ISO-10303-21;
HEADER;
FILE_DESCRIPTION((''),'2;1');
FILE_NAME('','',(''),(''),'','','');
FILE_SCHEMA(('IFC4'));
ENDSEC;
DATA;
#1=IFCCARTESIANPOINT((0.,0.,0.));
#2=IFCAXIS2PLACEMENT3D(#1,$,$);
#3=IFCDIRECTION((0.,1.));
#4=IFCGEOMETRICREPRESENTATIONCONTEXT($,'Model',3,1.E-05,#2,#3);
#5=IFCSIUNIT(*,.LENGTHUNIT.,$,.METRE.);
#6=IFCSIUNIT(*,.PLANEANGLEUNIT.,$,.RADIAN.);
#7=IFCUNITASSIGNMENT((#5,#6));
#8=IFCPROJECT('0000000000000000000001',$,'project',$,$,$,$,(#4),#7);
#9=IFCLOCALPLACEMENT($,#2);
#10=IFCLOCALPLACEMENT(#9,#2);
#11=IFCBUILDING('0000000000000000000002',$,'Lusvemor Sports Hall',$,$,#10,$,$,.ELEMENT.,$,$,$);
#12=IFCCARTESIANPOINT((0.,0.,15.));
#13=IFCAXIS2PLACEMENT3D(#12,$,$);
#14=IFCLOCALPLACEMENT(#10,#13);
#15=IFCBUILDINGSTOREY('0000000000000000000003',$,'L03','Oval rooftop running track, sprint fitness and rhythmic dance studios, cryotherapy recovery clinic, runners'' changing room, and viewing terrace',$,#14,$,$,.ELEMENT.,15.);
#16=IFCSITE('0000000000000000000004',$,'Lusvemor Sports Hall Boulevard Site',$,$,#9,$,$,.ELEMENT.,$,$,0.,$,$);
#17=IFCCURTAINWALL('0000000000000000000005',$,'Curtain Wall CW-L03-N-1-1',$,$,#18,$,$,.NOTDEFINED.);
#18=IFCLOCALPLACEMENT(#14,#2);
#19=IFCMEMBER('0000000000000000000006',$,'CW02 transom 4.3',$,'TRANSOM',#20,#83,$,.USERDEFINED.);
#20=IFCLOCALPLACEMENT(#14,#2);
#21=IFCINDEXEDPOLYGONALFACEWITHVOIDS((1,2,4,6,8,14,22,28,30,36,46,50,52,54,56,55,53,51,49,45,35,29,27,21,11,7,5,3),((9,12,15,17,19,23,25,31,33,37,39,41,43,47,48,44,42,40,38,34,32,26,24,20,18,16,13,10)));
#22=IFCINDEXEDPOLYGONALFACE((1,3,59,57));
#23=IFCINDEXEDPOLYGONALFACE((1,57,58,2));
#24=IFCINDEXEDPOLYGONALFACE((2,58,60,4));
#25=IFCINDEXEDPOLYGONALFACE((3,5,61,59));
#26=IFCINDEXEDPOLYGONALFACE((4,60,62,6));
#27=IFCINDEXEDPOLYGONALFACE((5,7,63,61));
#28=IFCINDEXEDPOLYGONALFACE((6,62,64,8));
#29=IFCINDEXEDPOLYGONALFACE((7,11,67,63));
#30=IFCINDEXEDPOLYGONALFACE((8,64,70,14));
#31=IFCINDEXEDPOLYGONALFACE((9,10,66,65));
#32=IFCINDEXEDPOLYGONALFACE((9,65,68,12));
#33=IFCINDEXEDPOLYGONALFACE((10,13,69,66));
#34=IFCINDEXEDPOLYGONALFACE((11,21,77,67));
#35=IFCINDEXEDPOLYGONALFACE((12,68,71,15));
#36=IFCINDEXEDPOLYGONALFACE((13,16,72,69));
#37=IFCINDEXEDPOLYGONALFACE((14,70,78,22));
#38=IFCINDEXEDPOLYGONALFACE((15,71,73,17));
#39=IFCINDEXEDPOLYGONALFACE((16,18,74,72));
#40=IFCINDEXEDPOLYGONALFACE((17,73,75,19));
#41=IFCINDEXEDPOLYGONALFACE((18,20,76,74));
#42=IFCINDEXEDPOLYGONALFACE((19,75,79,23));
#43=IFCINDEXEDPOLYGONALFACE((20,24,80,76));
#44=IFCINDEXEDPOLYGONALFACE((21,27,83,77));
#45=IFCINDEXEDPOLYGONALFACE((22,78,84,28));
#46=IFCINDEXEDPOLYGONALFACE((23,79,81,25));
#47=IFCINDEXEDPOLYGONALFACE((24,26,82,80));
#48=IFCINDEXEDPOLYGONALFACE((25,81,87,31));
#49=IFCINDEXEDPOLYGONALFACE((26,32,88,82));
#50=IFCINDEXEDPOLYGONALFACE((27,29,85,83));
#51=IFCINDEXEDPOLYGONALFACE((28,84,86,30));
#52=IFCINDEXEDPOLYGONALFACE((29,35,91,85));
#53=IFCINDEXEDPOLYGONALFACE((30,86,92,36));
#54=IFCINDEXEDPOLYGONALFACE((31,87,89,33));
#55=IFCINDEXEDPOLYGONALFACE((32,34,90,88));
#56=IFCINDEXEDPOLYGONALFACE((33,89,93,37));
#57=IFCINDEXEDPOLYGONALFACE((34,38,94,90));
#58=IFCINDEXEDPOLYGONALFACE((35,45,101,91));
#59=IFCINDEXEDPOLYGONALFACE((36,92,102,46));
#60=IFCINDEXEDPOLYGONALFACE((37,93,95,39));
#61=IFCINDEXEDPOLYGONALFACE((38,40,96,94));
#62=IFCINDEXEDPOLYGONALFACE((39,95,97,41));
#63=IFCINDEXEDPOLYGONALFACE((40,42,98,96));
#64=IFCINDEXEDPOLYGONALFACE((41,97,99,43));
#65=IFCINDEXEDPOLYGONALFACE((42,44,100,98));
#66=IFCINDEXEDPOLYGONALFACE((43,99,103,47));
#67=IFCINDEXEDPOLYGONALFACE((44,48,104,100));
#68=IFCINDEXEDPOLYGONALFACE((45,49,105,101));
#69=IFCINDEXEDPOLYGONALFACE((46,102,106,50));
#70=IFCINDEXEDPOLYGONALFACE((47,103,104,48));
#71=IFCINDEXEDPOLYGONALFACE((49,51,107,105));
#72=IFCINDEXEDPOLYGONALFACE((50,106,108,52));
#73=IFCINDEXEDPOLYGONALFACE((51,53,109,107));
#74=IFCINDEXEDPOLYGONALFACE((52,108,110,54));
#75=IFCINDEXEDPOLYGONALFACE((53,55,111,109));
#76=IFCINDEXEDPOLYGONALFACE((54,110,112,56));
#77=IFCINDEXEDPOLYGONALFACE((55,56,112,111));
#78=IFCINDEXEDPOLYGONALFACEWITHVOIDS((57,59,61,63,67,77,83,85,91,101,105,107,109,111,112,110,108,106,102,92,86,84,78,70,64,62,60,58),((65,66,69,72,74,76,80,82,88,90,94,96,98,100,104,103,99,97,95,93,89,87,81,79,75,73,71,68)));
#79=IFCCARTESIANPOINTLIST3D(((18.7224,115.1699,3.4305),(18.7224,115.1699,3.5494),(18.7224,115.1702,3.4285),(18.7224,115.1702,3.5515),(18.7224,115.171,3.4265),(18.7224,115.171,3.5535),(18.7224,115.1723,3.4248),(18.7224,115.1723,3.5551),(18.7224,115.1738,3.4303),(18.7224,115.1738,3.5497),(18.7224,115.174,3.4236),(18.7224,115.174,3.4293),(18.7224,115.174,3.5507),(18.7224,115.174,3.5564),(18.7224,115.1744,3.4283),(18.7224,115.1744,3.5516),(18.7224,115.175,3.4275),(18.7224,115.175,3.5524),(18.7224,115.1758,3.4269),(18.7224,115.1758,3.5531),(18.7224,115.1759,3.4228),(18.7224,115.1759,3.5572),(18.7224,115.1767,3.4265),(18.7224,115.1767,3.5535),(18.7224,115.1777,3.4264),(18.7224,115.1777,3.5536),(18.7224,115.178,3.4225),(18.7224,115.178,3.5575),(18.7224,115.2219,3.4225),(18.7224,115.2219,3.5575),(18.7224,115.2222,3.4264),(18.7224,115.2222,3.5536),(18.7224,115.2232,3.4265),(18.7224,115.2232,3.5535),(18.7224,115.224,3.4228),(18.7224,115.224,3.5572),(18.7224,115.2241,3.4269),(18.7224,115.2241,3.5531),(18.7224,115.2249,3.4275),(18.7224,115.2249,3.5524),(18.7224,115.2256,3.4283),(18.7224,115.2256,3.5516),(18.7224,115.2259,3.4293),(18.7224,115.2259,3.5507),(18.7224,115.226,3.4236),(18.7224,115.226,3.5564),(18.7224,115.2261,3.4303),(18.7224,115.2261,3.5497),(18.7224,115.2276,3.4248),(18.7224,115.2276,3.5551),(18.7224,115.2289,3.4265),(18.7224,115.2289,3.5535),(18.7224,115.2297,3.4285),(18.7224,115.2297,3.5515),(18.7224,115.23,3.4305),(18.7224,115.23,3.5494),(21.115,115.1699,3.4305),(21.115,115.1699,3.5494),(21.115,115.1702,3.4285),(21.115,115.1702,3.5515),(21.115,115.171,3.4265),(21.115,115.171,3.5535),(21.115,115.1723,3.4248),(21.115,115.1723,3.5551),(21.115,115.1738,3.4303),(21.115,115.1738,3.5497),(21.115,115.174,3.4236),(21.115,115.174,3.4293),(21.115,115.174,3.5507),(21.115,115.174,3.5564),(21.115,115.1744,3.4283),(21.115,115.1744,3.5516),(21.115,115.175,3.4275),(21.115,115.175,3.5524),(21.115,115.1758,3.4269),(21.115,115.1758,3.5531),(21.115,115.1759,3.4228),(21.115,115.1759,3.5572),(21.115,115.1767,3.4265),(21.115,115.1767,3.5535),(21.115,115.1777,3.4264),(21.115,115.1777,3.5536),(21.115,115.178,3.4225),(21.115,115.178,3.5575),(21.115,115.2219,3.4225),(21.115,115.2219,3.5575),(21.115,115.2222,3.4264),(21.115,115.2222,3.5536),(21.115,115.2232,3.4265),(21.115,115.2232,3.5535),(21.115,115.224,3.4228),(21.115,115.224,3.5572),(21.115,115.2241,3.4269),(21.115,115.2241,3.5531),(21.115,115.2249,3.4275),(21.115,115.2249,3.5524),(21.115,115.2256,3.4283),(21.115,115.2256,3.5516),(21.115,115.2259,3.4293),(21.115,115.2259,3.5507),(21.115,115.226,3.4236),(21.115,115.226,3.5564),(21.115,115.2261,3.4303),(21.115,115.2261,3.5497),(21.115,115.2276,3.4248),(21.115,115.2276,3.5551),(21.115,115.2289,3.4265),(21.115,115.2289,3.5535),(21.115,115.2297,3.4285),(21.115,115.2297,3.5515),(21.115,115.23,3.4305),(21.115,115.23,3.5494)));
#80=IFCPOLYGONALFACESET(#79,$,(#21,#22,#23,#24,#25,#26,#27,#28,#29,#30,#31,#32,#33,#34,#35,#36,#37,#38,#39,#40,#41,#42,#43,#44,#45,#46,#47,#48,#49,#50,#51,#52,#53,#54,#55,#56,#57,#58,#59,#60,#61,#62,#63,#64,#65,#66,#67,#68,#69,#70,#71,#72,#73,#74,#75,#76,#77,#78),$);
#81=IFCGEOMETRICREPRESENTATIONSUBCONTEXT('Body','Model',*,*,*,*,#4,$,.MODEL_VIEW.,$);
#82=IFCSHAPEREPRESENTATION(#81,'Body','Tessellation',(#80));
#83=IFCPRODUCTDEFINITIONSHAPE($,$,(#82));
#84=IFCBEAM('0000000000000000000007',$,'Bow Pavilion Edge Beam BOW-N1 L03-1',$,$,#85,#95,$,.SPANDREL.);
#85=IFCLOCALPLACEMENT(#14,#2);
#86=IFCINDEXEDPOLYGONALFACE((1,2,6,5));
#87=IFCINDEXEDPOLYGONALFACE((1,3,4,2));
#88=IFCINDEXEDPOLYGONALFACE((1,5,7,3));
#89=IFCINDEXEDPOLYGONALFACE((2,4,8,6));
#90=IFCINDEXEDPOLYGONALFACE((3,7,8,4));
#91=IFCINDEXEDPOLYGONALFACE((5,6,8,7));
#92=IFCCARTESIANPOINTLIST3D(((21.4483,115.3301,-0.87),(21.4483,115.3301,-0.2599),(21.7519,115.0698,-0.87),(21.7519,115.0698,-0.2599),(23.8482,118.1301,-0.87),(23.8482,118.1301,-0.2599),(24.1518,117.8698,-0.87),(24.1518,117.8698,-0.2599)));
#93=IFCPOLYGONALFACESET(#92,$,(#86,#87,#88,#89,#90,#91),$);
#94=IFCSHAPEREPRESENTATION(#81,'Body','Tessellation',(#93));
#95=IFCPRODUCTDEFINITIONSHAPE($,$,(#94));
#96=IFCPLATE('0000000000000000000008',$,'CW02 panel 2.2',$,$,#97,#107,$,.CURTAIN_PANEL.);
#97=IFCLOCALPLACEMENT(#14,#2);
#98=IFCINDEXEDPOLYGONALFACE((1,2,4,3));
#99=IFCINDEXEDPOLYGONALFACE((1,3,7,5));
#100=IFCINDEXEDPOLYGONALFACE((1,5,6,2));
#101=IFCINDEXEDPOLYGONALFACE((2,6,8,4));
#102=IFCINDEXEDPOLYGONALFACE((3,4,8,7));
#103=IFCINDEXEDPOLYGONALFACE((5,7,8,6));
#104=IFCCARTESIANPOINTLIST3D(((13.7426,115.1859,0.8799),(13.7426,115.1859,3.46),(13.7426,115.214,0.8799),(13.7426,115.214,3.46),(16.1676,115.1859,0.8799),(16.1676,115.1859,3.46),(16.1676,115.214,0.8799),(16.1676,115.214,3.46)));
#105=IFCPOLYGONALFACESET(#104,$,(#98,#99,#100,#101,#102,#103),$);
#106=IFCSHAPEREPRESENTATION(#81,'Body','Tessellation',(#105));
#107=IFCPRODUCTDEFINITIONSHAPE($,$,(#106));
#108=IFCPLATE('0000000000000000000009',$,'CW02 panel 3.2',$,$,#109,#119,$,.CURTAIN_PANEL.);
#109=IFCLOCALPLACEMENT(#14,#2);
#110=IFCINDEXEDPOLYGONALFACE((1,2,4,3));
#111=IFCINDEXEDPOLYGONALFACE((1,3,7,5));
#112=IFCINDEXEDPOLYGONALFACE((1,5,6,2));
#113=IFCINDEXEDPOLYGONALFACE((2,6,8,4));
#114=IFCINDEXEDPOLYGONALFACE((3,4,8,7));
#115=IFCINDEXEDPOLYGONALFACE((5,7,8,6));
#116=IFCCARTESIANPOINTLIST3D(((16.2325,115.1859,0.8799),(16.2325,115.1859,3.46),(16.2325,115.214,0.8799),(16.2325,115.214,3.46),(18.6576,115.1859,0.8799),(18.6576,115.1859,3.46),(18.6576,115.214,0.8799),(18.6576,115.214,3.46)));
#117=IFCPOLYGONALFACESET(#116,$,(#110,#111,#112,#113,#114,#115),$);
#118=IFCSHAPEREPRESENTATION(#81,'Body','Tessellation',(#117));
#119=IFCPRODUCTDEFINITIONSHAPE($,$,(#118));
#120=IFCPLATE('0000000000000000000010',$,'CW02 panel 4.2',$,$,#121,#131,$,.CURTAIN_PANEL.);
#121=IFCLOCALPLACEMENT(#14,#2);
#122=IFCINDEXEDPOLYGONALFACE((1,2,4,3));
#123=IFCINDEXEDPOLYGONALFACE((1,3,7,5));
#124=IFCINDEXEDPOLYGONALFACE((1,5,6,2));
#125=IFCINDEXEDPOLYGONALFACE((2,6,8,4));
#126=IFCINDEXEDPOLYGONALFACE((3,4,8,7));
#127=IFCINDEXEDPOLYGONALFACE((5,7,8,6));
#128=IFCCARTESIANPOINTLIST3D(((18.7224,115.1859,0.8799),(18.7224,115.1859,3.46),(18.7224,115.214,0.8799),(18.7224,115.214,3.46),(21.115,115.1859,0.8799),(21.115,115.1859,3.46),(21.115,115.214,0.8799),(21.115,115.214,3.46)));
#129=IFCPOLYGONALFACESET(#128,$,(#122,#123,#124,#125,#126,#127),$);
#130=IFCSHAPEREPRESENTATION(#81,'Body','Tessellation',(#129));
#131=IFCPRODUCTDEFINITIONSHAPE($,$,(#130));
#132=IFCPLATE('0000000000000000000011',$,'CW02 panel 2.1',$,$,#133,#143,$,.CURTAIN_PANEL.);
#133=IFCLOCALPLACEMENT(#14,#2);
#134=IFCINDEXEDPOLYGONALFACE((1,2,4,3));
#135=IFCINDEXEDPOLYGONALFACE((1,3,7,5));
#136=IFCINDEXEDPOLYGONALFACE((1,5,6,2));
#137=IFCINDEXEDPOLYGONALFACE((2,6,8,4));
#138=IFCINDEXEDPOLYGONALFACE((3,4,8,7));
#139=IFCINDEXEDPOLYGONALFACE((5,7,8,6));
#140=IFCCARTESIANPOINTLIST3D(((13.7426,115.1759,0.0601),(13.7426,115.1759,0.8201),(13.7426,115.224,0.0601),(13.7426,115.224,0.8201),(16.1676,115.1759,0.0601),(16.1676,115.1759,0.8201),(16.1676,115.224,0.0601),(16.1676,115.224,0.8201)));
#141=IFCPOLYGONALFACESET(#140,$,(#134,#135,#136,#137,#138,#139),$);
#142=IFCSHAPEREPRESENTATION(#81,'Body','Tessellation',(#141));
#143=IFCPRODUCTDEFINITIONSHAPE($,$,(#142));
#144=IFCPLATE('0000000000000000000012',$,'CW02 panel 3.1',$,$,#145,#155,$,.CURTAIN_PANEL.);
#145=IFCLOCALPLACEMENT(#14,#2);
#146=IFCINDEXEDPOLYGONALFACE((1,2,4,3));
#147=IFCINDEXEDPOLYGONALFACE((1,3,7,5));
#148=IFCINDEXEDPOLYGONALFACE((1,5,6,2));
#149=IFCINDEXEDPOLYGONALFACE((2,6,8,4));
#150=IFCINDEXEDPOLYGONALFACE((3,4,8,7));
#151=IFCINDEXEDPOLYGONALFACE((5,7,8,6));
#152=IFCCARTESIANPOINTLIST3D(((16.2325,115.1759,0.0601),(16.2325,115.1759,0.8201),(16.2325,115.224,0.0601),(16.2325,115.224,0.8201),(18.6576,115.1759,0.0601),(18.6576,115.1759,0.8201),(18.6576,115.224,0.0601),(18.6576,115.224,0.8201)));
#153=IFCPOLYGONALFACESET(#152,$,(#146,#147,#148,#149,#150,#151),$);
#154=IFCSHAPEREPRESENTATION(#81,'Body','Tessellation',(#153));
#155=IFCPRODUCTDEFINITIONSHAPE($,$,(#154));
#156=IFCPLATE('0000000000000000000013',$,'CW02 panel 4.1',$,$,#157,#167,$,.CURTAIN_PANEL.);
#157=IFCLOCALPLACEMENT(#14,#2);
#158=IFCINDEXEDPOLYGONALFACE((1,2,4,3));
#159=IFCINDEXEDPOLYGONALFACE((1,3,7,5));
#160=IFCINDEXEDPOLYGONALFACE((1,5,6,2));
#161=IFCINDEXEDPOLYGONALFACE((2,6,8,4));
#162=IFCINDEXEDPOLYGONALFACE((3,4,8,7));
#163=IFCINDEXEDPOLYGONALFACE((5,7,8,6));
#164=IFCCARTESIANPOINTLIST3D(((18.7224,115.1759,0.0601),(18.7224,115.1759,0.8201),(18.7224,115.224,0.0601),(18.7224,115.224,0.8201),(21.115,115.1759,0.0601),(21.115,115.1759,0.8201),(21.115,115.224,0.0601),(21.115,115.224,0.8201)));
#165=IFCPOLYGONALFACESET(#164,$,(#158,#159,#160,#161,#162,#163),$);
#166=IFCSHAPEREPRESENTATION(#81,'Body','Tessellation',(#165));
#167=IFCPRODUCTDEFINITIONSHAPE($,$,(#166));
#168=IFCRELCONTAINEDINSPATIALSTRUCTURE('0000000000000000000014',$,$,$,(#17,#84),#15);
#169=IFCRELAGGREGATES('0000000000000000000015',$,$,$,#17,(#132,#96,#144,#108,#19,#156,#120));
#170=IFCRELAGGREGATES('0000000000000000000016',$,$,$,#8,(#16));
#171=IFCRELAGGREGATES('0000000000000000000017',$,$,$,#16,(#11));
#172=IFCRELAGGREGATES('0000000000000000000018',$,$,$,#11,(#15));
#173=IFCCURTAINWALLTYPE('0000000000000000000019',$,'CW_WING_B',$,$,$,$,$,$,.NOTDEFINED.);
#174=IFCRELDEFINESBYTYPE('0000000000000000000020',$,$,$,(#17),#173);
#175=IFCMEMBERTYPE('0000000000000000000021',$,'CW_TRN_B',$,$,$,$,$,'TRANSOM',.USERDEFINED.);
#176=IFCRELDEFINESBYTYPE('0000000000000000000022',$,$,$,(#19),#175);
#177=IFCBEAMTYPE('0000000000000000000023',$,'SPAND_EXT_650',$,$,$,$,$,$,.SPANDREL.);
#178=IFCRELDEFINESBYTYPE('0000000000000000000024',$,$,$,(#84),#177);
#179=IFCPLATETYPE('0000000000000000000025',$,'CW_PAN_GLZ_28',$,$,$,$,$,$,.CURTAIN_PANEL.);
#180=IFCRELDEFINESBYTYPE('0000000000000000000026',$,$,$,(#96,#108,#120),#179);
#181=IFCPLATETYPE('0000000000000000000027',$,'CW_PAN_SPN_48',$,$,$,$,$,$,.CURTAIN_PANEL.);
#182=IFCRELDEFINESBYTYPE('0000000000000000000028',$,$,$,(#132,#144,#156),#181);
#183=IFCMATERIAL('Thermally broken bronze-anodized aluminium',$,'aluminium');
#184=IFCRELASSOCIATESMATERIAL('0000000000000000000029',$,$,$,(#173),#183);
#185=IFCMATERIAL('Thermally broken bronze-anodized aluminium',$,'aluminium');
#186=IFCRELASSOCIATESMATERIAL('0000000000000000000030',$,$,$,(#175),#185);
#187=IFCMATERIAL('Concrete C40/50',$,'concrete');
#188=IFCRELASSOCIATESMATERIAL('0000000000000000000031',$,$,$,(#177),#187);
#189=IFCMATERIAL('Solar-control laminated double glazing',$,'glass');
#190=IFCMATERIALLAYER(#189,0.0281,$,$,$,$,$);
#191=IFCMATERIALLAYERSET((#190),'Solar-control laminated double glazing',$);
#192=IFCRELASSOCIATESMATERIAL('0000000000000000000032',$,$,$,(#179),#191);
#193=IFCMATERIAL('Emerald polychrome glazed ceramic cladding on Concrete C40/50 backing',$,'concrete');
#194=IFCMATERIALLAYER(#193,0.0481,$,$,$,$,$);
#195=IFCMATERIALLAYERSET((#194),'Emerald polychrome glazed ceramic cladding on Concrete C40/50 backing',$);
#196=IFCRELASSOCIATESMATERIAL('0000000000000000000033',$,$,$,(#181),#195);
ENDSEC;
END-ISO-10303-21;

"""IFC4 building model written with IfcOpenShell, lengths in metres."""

from ifc_helpers import new_model, si_unit, direction, frame, origin, origin_2d, place, context, subcontext, project, spatial, rectangle, hollow_rectangle, extrude, material, layer, layer_set, material_profile, profile_set, type_object, element, aggregate, save


model = new_model("IFC4")

# Units and contexts
model_context = context("Model", 3, precision=1e-05, world=origin(), true_north=direction((0.0, 1.0)))
body_context = subcontext(model_context, "Body", "Model", "MODEL_VIEW")
ifc_project = project(units=[si_unit("LENGTHUNIT", "METRE"), si_unit("PLANEANGLEUNIT", "RADIAN")], contexts=[model_context])

# Site, building, storey
site_placement = place(None, origin())
site = spatial("IfcSite", under=ifc_project, at=site_placement, Name="Lusvemor Sports Hall Boulevard Site", CompositionType="ELEMENT", RefElevation=0.0)
building_placement = place(site_placement, origin())
building = spatial("IfcBuilding", under=site, at=building_placement, Name="Lusvemor Sports Hall", CompositionType="ELEMENT")
storey_placement = place(building_placement, frame((0.0, 0.0, 15.0)))
storey = spatial("IfcBuildingStorey", under=building, at=storey_placement, Name="L03", Description="Oval rooftop running track, sprint fitness and rhythmic dance studios, cryotherapy recovery clinic, runners' changing room, and viewing terrace", CompositionType="ELEMENT", Elevation=15.0)

# Curtain wall, member
ifc_material_1 = material(Name="Thermally broken bronze-anodized aluminium", Category="aluminium")
curtain_wall_type = type_object("IfcCurtainWallType", Name="CW_WING_B", PredefinedType="NOTDEFINED", material=ifc_material_1)
curtain_wall_placement = place(storey_placement, origin())
curtain_wall = element("IfcCurtainWall", 1, at=curtain_wall_placement, inside=storey, type_object=curtain_wall_type, Name="Curtain Wall CW-L03-N-1-1", PredefinedType="NOTDEFINED")
ifc_material_2 = material(Name="Thermally broken bronze-anodized aluminium", Category="aluminium")
ifc_material_profile_1 = material_profile(ifc_material_2, hollow_rectangle(XDim=0.0601, YDim=0.135, WallThickness=0.0039, InnerFilletRadius=0.0039, OuterFilletRadius=0.0081, at=origin_2d()), Name="CWTRN135x60x4")
ifc_profile_set_1 = profile_set([ifc_material_profile_1], Name="Thermally broken bronze-anodized aluminium")
member_type_1 = type_object("IfcMemberType", Name="CW_TRN_B", ElementType="TRANSOM", PredefinedType="USERDEFINED", material=ifc_profile_set_1)
member_1_placement = place(storey_placement, frame((18.7224, 115.2, 3.49), z_axis=(1.0, 0.0, 0.0), x_axis=(0.0, 1.0, 0.0)))
member_1 = element("IfcMember", 2, at=member_1_placement, type_object=member_type_1, Name="CW02 transom 4.3", ObjectType="TRANSOM", PredefinedType="USERDEFINED", context=body_context, shape_type="SweptSolid", body=[
    extrude(hollow_rectangle(XDim=0.0601, YDim=0.135, WallThickness=0.0039, InnerFilletRadius=0.0039, OuterFilletRadius=0.0081, at=origin_2d()), origin(), (0.0, 0.0, 1.0), 2.3926),
])

# Beam
ifc_material_3 = material(Name="Concrete C40/50", Category="concrete")
ifc_material_profile_2 = material_profile(ifc_material_3, rectangle(XDim=0.3999, YDim=0.6101, at=origin_2d()), Name="RC400x610")
ifc_profile_set_2 = profile_set([ifc_material_profile_2], Name="Concrete C40/50")
beam_type = type_object("IfcBeamType", Name="SPAND_EXT_650", PredefinedType="SPANDREL", material=ifc_profile_set_2)
beam_placement = place(storey_placement, frame((21.6001, 115.2, -0.5649), z_axis=(0.65077, 0.759275, 0.0), x_axis=(-0.759275, 0.65077, 0.0)))
element("IfcBeam", 3, at=beam_placement, inside=storey, type_object=beam_type, Name="Bow Pavilion Edge Beam BOW-N1 L03-1", PredefinedType="SPANDREL", context=body_context, shape_type="SweptSolid", body=[
    extrude(rectangle(XDim=0.3999, YDim=0.6101, at=origin_2d()), origin(), (0.0, 0.0, 1.0), 3.6877),
])

# Plates
ifc_material_4 = material(Name="Solar-control laminated double glazing", Category="glass")
ifc_layer_1 = layer(ifc_material_4, 0.0281)
ifc_layer_set_1 = layer_set([ifc_layer_1], Name="Solar-control laminated double glazing")
plate_type_1 = type_object("IfcPlateType", Name="CW_PAN_GLZ_28", PredefinedType="CURTAIN_PANEL", material=ifc_layer_set_1)
plate_1_placement = place(storey_placement, frame((14.9551, 115.2, 0.8799), z_axis=(0.0, 0.0, 1.0), x_axis=(1.0, 0.0, 0.0)))
plate_1 = element("IfcPlate", 4, at=plate_1_placement, type_object=plate_type_1, Name="CW02 panel 2.2", PredefinedType="CURTAIN_PANEL", context=body_context, shape_type="SweptSolid", body=[
    extrude(rectangle(XDim=2.425, YDim=0.0281, at=origin_2d()), origin(), (0.0, 0.0, 1.0), 2.5801),
])
plate_2_placement = place(storey_placement, frame((17.4451, 115.2, 0.8799), z_axis=(0.0, 0.0, 1.0), x_axis=(1.0, 0.0, 0.0)))
plate_2 = element("IfcPlate", 5, at=plate_2_placement, type_object=plate_type_1, Name="CW02 panel 3.2", PredefinedType="CURTAIN_PANEL", context=body_context, shape_type="SweptSolid", body=[
    extrude(rectangle(XDim=2.425, YDim=0.0281, at=origin_2d()), origin(), (0.0, 0.0, 1.0), 2.5801),
])
plate_3_placement = place(storey_placement, frame((19.9187, 115.2, 0.8799), z_axis=(0.0, 0.0, 1.0), x_axis=(1.0, 0.0, 0.0)))
plate_3 = element("IfcPlate", 6, at=plate_3_placement, type_object=plate_type_1, Name="CW02 panel 4.2", PredefinedType="CURTAIN_PANEL", context=body_context, shape_type="SweptSolid", body=[
    extrude(rectangle(XDim=2.3926, YDim=0.0281, at=origin_2d()), origin(), (0.0, 0.0, 1.0), 2.5801),
])
ifc_material_5 = material(Name="Emerald polychrome glazed ceramic cladding on Concrete C40/50 backing", Category="concrete")
ifc_layer_2 = layer(ifc_material_5, 0.0481)
ifc_layer_set_2 = layer_set([ifc_layer_2], Name="Emerald polychrome glazed ceramic cladding on Concrete C40/50 backing")
plate_type_2 = type_object("IfcPlateType", Name="CW_PAN_SPN_48", PredefinedType="CURTAIN_PANEL", material=ifc_layer_set_2)
plate_4_placement = place(storey_placement, frame((14.9551, 115.2, 0.0601), z_axis=(0.0, 0.0, 1.0), x_axis=(1.0, 0.0, 0.0)))
plate_4 = element("IfcPlate", 7, at=plate_4_placement, type_object=plate_type_2, Name="CW02 panel 2.1", PredefinedType="CURTAIN_PANEL", context=body_context, shape_type="SweptSolid", body=[
    extrude(rectangle(XDim=2.425, YDim=0.0481, at=origin_2d()), origin(), (0.0, 0.0, 1.0), 0.76),
])
plate_5_placement = place(storey_placement, frame((17.4451, 115.2, 0.0601), z_axis=(0.0, 0.0, 1.0), x_axis=(1.0, 0.0, 0.0)))
plate_5 = element("IfcPlate", 8, at=plate_5_placement, type_object=plate_type_2, Name="CW02 panel 3.1", PredefinedType="CURTAIN_PANEL", context=body_context, shape_type="SweptSolid", body=[
    extrude(rectangle(XDim=2.425, YDim=0.0481, at=origin_2d()), origin(), (0.0, 0.0, 1.0), 0.76),
])
plate_6_placement = place(storey_placement, frame((19.9187, 115.2, 0.0601), z_axis=(0.0, 0.0, 1.0), x_axis=(1.0, 0.0, 0.0)))
plate_6 = element("IfcPlate", 9, at=plate_6_placement, type_object=plate_type_2, Name="CW02 panel 4.1", PredefinedType="CURTAIN_PANEL", context=body_context, shape_type="SweptSolid", body=[
    extrude(rectangle(XDim=2.3926, YDim=0.0481, at=origin_2d()), origin(), (0.0, 0.0, 1.0), 0.76),
])
aggregate(curtain_wall, [plate_4, plate_1, plate_5, plate_2, member_1, plate_6, plate_3])

save(model, "model.ifc")
